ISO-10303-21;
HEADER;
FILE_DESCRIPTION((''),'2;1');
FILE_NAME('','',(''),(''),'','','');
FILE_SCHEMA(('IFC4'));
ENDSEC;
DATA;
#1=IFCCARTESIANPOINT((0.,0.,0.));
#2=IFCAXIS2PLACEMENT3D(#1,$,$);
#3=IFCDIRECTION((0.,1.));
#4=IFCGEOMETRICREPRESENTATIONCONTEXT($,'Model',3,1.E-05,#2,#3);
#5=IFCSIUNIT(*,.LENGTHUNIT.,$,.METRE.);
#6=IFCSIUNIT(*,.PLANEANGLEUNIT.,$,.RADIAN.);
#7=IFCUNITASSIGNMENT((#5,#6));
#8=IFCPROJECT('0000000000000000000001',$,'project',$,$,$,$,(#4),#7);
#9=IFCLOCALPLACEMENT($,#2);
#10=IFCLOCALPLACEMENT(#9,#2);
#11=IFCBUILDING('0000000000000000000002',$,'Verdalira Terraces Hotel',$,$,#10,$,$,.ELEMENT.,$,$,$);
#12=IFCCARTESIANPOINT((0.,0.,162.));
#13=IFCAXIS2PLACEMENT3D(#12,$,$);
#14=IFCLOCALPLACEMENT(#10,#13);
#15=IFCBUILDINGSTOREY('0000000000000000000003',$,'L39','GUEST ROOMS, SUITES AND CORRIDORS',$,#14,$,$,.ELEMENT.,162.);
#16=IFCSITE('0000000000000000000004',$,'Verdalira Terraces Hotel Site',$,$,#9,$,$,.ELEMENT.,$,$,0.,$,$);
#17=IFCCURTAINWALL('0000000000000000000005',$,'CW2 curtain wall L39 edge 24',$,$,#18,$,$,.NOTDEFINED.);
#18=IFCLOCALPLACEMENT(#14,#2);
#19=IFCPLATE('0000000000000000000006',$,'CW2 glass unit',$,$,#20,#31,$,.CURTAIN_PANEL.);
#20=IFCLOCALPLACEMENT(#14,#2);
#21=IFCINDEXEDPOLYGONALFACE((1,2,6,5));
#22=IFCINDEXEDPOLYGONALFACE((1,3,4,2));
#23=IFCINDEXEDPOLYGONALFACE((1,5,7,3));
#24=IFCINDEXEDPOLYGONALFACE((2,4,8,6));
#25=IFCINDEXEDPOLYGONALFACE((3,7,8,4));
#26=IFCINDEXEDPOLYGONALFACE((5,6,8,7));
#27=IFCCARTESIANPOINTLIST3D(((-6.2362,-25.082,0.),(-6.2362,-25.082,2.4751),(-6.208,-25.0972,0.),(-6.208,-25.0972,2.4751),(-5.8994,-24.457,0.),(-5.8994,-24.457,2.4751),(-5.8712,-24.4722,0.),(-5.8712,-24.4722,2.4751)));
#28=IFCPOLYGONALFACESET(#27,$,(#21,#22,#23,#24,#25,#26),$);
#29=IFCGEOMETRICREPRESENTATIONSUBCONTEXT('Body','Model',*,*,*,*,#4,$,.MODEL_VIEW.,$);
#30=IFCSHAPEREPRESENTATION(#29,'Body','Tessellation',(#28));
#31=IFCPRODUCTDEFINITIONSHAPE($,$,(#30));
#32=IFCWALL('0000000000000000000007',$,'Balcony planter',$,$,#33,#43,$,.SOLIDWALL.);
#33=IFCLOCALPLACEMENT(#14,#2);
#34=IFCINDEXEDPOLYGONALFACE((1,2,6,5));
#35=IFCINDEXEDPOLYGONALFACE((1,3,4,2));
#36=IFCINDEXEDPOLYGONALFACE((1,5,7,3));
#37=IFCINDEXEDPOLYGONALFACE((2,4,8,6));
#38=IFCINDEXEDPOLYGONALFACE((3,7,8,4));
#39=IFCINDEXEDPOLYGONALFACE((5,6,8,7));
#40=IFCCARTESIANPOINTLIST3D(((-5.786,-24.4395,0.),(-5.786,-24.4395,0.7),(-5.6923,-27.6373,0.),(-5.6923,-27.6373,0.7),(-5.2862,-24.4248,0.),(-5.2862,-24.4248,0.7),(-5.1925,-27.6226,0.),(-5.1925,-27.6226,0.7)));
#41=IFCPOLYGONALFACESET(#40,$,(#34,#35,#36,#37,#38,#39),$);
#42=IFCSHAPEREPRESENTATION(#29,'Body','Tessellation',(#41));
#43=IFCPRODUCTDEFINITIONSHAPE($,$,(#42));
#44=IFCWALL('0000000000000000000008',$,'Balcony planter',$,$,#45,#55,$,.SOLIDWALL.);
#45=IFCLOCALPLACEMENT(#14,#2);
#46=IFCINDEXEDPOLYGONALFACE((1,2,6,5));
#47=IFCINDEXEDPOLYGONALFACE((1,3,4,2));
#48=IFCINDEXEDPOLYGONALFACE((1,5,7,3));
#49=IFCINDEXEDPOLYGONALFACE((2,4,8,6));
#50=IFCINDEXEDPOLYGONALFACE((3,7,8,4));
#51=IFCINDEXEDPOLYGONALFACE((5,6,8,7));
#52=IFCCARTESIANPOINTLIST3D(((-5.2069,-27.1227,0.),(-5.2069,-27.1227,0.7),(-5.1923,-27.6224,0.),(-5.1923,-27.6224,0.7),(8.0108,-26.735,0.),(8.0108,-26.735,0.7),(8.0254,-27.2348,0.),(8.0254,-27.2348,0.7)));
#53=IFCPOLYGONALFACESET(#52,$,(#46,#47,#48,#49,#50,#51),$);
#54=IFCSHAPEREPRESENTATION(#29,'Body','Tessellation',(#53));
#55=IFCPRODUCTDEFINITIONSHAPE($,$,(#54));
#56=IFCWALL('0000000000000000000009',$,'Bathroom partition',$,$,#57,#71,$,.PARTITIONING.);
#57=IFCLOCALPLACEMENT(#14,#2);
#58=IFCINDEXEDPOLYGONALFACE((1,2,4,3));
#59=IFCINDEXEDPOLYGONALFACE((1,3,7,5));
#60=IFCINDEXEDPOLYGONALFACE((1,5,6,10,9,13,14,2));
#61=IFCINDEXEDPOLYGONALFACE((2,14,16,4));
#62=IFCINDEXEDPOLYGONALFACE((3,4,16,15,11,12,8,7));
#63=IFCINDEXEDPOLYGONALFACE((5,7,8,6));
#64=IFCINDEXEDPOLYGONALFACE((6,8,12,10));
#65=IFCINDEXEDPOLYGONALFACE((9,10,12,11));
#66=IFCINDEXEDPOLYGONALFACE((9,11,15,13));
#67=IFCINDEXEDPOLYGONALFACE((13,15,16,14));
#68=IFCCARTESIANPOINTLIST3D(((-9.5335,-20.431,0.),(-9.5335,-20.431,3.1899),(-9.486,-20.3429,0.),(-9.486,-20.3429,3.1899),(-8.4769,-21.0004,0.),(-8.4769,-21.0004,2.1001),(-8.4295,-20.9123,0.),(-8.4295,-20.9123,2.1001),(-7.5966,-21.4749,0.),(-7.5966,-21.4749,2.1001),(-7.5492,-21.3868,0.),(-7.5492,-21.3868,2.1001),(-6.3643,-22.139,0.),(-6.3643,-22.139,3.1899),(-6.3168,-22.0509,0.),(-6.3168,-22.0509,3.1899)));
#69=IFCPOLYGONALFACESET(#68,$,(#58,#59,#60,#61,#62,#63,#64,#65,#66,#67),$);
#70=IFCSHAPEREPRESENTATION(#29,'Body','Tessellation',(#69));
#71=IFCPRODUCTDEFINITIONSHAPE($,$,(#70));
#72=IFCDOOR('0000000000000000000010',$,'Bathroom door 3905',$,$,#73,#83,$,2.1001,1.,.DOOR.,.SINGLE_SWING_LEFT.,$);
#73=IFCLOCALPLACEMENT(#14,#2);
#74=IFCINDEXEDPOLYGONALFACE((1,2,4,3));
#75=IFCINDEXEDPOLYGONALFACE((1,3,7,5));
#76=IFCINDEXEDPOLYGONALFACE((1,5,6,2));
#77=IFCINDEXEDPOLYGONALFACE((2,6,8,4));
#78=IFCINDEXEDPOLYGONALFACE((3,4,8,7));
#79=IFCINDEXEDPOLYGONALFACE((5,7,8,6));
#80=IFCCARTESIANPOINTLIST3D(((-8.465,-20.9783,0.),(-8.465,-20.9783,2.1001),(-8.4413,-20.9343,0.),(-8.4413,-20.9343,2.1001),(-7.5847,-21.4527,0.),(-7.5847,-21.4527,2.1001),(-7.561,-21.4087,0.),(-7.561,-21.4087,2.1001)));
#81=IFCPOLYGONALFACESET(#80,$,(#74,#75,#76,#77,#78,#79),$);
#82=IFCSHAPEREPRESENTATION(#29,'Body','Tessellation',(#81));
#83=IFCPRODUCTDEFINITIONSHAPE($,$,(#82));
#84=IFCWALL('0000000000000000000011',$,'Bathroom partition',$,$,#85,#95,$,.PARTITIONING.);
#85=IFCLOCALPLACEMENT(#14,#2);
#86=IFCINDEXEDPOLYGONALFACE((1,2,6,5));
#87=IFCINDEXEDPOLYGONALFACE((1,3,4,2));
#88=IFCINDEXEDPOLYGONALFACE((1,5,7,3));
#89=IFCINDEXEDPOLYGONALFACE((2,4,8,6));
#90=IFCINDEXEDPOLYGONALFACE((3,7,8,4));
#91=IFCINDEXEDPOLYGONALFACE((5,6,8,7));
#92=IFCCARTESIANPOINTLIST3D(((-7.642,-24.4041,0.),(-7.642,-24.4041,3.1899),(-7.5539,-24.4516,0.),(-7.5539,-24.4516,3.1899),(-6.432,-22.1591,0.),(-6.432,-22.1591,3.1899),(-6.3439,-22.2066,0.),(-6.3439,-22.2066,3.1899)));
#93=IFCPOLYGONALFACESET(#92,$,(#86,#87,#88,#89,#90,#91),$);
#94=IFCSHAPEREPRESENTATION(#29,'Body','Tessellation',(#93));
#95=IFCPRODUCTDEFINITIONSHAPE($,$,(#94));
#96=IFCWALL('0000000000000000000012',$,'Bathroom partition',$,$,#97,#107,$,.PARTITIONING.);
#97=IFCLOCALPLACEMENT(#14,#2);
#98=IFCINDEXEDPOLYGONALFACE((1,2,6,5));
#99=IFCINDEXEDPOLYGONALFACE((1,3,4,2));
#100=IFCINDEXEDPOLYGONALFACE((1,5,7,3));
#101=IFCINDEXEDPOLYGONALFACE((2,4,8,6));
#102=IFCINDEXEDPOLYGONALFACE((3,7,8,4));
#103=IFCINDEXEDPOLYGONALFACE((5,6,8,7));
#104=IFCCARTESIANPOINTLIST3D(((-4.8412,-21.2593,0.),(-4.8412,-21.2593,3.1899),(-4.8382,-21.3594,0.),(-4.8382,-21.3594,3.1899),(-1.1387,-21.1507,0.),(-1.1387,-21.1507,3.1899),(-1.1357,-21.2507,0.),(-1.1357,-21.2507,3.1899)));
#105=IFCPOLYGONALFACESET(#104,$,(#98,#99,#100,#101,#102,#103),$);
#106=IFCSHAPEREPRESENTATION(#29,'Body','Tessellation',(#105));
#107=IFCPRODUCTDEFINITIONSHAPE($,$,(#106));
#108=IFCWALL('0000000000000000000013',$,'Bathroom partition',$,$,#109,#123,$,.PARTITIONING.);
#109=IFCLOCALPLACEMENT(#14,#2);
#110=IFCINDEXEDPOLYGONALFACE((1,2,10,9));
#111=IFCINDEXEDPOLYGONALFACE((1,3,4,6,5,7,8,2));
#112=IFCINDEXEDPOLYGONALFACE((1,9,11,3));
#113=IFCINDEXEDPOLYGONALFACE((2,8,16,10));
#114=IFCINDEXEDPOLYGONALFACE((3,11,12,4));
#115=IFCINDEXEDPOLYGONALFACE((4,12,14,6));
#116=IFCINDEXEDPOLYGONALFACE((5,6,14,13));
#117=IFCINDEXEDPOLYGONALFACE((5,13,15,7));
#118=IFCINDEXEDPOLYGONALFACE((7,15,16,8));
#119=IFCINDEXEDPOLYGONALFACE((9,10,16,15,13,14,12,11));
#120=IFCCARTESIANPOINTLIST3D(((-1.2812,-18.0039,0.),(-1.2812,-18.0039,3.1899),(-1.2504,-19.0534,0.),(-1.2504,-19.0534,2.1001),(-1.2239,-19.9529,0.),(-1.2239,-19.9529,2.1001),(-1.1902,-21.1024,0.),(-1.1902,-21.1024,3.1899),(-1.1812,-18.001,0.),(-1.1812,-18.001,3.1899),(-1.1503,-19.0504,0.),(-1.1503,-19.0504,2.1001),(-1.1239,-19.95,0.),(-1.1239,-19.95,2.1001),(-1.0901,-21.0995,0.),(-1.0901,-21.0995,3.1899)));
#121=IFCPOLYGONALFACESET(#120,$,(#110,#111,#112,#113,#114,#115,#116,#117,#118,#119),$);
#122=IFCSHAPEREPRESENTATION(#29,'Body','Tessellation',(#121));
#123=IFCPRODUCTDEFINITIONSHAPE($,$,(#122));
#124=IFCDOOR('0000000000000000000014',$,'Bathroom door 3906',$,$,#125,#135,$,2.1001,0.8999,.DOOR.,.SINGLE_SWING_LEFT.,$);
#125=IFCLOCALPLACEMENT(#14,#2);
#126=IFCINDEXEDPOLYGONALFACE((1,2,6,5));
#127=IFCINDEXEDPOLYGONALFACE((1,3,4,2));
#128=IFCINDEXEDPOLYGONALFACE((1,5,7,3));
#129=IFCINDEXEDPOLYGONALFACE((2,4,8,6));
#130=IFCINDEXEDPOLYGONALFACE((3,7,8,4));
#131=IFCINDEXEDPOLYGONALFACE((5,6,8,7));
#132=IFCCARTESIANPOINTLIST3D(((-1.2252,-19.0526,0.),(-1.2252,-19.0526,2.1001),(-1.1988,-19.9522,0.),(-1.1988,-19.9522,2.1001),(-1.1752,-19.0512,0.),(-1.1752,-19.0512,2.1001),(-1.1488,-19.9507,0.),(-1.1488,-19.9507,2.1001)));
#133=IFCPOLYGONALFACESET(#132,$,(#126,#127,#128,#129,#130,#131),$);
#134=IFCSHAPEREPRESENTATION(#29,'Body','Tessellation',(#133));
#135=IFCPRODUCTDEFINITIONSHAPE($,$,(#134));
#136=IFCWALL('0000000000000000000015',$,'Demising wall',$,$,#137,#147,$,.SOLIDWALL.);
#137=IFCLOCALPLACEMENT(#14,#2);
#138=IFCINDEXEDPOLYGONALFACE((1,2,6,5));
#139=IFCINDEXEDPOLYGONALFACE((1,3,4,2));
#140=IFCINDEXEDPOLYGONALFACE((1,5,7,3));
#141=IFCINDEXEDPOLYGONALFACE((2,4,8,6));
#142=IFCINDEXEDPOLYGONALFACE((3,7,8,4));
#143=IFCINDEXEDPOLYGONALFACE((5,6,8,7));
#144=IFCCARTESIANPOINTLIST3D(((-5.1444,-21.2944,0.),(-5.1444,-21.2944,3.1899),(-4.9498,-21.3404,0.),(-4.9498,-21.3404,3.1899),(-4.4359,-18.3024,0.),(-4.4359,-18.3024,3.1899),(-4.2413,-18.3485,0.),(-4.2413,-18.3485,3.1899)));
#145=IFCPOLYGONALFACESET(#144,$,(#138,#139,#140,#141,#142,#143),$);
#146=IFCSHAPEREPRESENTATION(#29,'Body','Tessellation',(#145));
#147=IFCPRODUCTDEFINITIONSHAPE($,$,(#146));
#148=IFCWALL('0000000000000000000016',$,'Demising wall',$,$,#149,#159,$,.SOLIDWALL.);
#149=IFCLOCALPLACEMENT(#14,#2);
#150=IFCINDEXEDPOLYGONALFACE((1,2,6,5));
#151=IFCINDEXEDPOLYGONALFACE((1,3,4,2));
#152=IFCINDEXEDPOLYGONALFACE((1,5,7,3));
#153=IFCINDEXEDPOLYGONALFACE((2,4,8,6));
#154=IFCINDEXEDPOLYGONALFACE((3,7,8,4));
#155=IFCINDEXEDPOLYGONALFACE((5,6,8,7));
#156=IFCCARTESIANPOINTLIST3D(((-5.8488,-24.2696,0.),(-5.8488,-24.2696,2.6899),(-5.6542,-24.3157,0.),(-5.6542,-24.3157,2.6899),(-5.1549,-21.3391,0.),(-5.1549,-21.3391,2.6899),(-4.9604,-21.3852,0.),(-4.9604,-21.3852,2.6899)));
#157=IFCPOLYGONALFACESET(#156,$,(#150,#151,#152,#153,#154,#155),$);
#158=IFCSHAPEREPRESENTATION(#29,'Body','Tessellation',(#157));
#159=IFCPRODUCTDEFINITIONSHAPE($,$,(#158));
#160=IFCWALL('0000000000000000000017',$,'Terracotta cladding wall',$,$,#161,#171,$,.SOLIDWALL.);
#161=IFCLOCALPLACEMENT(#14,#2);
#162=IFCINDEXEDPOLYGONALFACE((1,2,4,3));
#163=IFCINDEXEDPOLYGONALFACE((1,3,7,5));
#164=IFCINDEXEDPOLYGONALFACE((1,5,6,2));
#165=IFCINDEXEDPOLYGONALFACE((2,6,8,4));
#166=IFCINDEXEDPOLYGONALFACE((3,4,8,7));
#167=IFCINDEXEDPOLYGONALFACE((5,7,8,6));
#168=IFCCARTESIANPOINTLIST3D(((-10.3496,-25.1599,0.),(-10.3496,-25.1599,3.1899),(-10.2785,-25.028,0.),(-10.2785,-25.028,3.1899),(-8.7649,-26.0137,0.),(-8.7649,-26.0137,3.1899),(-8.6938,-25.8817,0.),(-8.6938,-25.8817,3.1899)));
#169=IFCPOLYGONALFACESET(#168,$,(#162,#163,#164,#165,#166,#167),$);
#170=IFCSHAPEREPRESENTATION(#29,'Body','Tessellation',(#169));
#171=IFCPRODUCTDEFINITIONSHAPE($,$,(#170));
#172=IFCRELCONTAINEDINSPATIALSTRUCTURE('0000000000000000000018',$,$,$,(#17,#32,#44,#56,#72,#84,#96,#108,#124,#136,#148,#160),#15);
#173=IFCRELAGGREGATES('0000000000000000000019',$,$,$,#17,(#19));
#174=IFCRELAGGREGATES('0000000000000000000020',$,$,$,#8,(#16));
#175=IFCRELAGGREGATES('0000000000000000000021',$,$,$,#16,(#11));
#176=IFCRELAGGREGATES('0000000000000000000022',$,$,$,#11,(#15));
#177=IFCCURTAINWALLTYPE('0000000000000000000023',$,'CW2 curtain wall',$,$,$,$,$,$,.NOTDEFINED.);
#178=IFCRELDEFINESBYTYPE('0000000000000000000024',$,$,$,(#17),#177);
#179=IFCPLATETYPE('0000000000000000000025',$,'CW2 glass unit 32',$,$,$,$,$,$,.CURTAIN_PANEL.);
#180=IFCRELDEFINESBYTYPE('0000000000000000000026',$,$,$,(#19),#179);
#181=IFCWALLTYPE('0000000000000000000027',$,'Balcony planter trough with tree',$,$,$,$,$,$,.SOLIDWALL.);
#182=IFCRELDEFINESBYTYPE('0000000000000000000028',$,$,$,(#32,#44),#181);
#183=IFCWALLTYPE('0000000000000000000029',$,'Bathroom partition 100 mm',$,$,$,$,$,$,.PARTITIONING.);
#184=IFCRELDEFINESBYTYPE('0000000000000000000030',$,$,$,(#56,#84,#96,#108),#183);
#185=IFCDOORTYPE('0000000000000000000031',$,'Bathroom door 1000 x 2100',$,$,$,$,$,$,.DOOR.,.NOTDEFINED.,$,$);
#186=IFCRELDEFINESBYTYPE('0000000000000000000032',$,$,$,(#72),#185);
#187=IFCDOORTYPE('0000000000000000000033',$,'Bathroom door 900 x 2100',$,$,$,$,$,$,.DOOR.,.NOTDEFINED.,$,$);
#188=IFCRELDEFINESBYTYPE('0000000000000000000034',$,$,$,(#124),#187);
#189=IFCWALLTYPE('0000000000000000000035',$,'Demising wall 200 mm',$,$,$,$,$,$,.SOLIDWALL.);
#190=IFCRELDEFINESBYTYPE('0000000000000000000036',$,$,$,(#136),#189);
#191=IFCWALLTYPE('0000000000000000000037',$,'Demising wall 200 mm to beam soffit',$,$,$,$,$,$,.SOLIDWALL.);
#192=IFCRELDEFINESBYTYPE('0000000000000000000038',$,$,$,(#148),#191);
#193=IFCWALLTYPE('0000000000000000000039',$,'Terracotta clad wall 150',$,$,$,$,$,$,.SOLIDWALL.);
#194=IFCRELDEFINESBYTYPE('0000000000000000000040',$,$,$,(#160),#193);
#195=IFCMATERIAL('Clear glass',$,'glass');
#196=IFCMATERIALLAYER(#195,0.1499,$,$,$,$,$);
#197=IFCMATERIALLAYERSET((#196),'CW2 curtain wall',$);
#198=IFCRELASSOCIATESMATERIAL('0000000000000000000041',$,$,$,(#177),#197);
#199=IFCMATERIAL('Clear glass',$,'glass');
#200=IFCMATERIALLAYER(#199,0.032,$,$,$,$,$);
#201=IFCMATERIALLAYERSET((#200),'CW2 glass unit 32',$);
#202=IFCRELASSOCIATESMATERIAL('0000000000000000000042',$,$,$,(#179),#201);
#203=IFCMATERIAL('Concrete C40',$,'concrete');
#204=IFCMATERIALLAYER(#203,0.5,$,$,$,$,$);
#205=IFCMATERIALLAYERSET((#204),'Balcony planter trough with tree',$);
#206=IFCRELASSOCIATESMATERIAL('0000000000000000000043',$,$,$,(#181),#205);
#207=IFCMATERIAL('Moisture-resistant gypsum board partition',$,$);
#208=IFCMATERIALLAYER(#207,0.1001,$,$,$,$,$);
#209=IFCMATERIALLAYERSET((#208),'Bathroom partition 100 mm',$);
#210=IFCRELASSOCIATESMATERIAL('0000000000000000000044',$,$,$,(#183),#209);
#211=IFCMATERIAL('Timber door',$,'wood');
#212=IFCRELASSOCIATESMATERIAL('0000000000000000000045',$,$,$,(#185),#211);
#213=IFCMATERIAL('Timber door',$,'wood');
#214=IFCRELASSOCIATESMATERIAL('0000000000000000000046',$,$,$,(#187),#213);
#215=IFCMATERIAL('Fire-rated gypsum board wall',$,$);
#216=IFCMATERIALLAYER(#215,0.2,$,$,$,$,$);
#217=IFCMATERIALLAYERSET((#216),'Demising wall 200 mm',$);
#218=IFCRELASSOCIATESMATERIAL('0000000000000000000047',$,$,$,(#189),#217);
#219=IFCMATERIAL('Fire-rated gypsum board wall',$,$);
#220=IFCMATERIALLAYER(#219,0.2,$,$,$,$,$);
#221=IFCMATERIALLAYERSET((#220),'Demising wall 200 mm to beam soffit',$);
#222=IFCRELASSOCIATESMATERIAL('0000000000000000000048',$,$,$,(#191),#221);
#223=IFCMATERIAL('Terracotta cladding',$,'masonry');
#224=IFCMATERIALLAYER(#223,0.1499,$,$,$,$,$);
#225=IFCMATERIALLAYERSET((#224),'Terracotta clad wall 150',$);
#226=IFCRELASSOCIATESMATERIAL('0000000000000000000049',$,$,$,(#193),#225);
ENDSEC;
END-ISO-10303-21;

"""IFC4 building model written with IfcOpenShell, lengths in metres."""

from ifc_helpers import new_model, si_unit, direction, frame, frame_2d, origin, origin_2d, place, context, subcontext, project, spatial, rectangle, extrude, material, layer, layer_set, type_object, element, fill, aggregate, save


model = new_model("IFC4")

# Units and contexts
model_context = context("Model", 3, precision=1e-05, world=origin(), true_north=direction((0.0, 1.0)))
body_context = subcontext(model_context, "Body", "Model", "MODEL_VIEW")
ifc_project = project(units=[si_unit("LENGTHUNIT", "METRE"), si_unit("PLANEANGLEUNIT", "RADIAN")], contexts=[model_context])

# Site, building, storey
site_placement = place(None, origin())
site = spatial("IfcSite", under=ifc_project, at=site_placement, Name="Verdalira Terraces Hotel Site", CompositionType="ELEMENT", RefElevation=0.0)
building_placement = place(site_placement, origin())
building = spatial("IfcBuilding", under=site, at=building_placement, Name="Verdalira Terraces Hotel", CompositionType="ELEMENT")
storey_placement = place(building_placement, frame((0.0, 0.0, 162.0)))
storey = spatial("IfcBuildingStorey", under=building, at=storey_placement, Name="L39", Description="GUEST ROOMS, SUITES AND CORRIDORS", CompositionType="ELEMENT", Elevation=162.0)

# Curtain wall
ifc_material_1 = material(Name="Clear glass", Category="glass")
ifc_layer_1 = layer(ifc_material_1, 0.1499)
ifc_layer_set_1 = layer_set([ifc_layer_1], Name="CW2 curtain wall")
curtain_wall_type_1 = type_object("IfcCurtainWallType", Name="CW2 curtain wall", PredefinedType="NOTDEFINED", material=ifc_layer_set_1)
curtain_wall_1_placement = place(storey_placement, origin())
curtain_wall_1 = element("IfcCurtainWall", 1, at=curtain_wall_1_placement, inside=storey, type_object=curtain_wall_type_1, Name="CW2 curtain wall L39 edge 24", PredefinedType="NOTDEFINED")

# Plate
ifc_material_2 = material(Name="Clear glass", Category="glass")
ifc_layer_2 = layer(ifc_material_2, 0.032)
ifc_layer_set_2 = layer_set([ifc_layer_2], Name="CW2 glass unit 32")
plate_type_1 = type_object("IfcPlateType", Name="CW2 glass unit 32", PredefinedType="CURTAIN_PANEL", material=ifc_layer_set_2)
plate_1_placement = place(storey_placement, frame((-6.0537, -24.7771, 0.0), z_axis=(0.0, 0.0, 1.0), x_axis=(0.474396, 0.880312, 0.0)))
plate_1 = element("IfcPlate", 2, at=plate_1_placement, type_object=plate_type_1, Name="CW2 glass unit", PredefinedType="CURTAIN_PANEL", context=body_context, shape_type="SweptSolid", body=[
    extrude(rectangle(XDim=0.71, YDim=0.032, at=origin_2d()), origin(), (0.0, 0.0, 1.0), 2.4751),
])
aggregate(curtain_wall_1, [plate_1])

# Walls
ifc_material_3 = material(Name="Concrete C40", Category="concrete")
ifc_layer_3 = layer(ifc_material_3, 0.5)
ifc_layer_set_3 = layer_set([ifc_layer_3], Name="Balcony planter trough with tree")
wall_type_1 = type_object("IfcWallType", Name="Balcony planter trough with tree", PredefinedType="SOLIDWALL", material=ifc_layer_set_3)
wall_1_placement = place(storey_placement, frame((-5.5361, -24.4321, 0.0), z_axis=(0.0, 0.0, 1.0), x_axis=(0.029305, -0.999571, 0.0)))
element("IfcWall", 3, at=wall_1_placement, inside=storey, type_object=wall_type_1, Name="Balcony planter", PredefinedType="SOLIDWALL", context=body_context, shape_type="SweptSolid", body=[
    extrude(rectangle(XDim=3.1992, YDim=0.5, at=frame_2d((1.5996, 0.0))), origin(), (0.0, 0.0, 1.0), 0.7),
])
wall_2_placement = place(storey_placement, frame((-5.1997, -27.3726, 0.0), z_axis=(0.0, 0.0, 1.0), x_axis=(0.99957, 0.029319, 0.0)))
element("IfcWall", 4, at=wall_2_placement, inside=storey, type_object=wall_type_1, Name="Balcony planter", PredefinedType="SOLIDWALL", context=body_context, shape_type="SweptSolid", body=[
    extrude(rectangle(XDim=13.2234, YDim=0.5, at=frame_2d((6.6118, 0.0))), origin(), (0.0, 0.0, 1.0), 0.7),
])

# Wall, opening, door
ifc_material_4 = material(Name="Moisture-resistant gypsum board partition")
ifc_layer_4 = layer(ifc_material_4, 0.1001)
ifc_layer_set_4 = layer_set([ifc_layer_4], Name="Bathroom partition 100 mm")
wall_type_2 = type_object("IfcWallType", Name="Bathroom partition 100 mm", PredefinedType="PARTITIONING", material=ifc_layer_set_4)
wall_3_placement = place(storey_placement, frame((-6.3406, -22.095, 0.0), z_axis=(0.0, 0.0, 1.0), x_axis=(-0.880295, 0.474427, 0.0)))
wall_3 = element("IfcWall", 5, at=wall_3_placement, inside=storey, type_object=wall_type_2, Name="Bathroom partition", PredefinedType="PARTITIONING", context=body_context, shape_type="SweptSolid", body=[
    extrude(rectangle(XDim=3.6001, YDim=0.1001, at=frame_2d((1.8, 0.0))), origin(), (0.0, 0.0, 1.0), 3.1899),
])
opening_1_placement = place(wall_3_placement, frame((1.3999, 0.0, 0.0)))
opening_1 = element("IfcOpeningElement", 6, at=opening_1_placement, cuts=wall_3, PredefinedType="OPENING", context=body_context, shape_type="SweptSolid", body=[
    extrude(rectangle(XDim=1.0, YDim=2.1001, at=frame_2d((0.5, 1.05))), frame((0.0, 0.0601, 0.0), z_axis=(0.0, -1.0, 0.0), x_axis=(1.0, 0.0, 0.0)), (0.0, 0.0, 1.0), 0.1201),
])
ifc_material_5 = material(Name="Timber door", Category="wood")
door_type_1 = type_object("IfcDoorType", Name="Bathroom door 1000 x 2100", OperationType="NOTDEFINED", PredefinedType="DOOR", material=ifc_material_5)
door_1_placement = place(opening_1_placement, origin())
door_1 = element("IfcDoor", 7, at=door_1_placement, inside=storey, type_object=door_type_1, Name="Bathroom door 3905", OperationType="SINGLE_SWING_LEFT", OverallHeight=2.1001, OverallWidth=1.0, PredefinedType="DOOR", context=body_context, shape_type="SweptSolid", body=[
    extrude(rectangle(XDim=1.0, YDim=2.1001, at=frame_2d((0.5, 1.05))), frame((0.0, 0.0249, 0.0), z_axis=(0.0, -1.0, 0.0), x_axis=(1.0, 0.0, 0.0)), (0.0, 0.0, 1.0), 0.05),
])
fill(opening_1, door_1)

# Walls
wall_4_placement = place(storey_placement, frame((-6.3879, -22.1829, 0.0), z_axis=(0.0, 0.0, 1.0), x_axis=(-0.474459, -0.880277, 0.0)))
element("IfcWall", 8, at=wall_4_placement, inside=storey, type_object=wall_type_2, Name="Bathroom partition", PredefinedType="PARTITIONING", context=body_context, shape_type="SweptSolid", body=[
    extrude(rectangle(XDim=2.5503, YDim=0.1001, at=frame_2d((1.2751, 0.0))), origin(), (0.0, 0.0, 1.0), 3.1899),
])
wall_5_placement = place(storey_placement, frame((-1.1372, -21.2007, 0.0), z_axis=(0.0, 0.0, 1.0), x_axis=(-0.99957, -0.029331, 0.0)))
element("IfcWall", 9, at=wall_5_placement, inside=storey, type_object=wall_type_2, Name="Bathroom partition", PredefinedType="PARTITIONING", context=body_context, shape_type="SweptSolid", body=[
    extrude(rectangle(XDim=3.7041, YDim=0.1001, at=frame_2d((1.8521, 0.0))), origin(), (0.0, 0.0, 1.0), 3.1899),
])

# Wall, opening, door
wall_6_placement = place(storey_placement, frame((-1.1401, -21.1008, 0.0), z_axis=(0.0, 0.0, 1.0), x_axis=(-0.029376, 0.999568, 0.0)))
wall_6 = element("IfcWall", 10, at=wall_6_placement, inside=storey, type_object=wall_type_2, Name="Bathroom partition", PredefinedType="PARTITIONING", context=body_context, shape_type="SweptSolid", body=[
    extrude(rectangle(XDim=3.0999, YDim=0.1001, at=frame_2d((1.5498, 0.0))), origin(), (0.0, 0.0, 1.0), 3.1899),
])
opening_2_placement = place(wall_6_placement, frame((1.1499, 0.0, 0.0)))
opening_2 = element("IfcOpeningElement", 11, at=opening_2_placement, cuts=wall_6, PredefinedType="OPENING", context=body_context, shape_type="SweptSolid", body=[
    extrude(rectangle(XDim=0.8999, YDim=2.1001, at=frame_2d((0.45, 1.05))), frame((0.0, 0.0601, 0.0), z_axis=(0.0, -1.0, 0.0), x_axis=(1.0, 0.0, 0.0)), (0.0, 0.0, 1.0), 0.1201),
])
ifc_material_6 = material(Name="Timber door", Category="wood")
door_type_2 = type_object("IfcDoorType", Name="Bathroom door 900 x 2100", OperationType="NOTDEFINED", PredefinedType="DOOR", material=ifc_material_6)
door_2_placement = place(opening_2_placement, origin())
door_2 = element("IfcDoor", 12, at=door_2_placement, inside=storey, type_object=door_type_2, Name="Bathroom door 3906", OperationType="SINGLE_SWING_LEFT", OverallHeight=2.1001, OverallWidth=0.8999, PredefinedType="DOOR", context=body_context, shape_type="SweptSolid", body=[
    extrude(rectangle(XDim=0.8999, YDim=2.1001, at=frame_2d((0.45, 1.05))), frame((0.0, 0.0249, 0.0), z_axis=(0.0, -1.0, 0.0), x_axis=(1.0, 0.0, 0.0)), (0.0, 0.0, 1.0), 0.05),
])
fill(opening_2, door_2)

# Walls
ifc_material_7 = material(Name="Fire-rated gypsum board wall")
ifc_layer_5 = layer(ifc_material_7, 0.2)
ifc_layer_set_5 = layer_set([ifc_layer_5], Name="Demising wall 200 mm")
wall_type_3 = type_object("IfcWallType", Name="Demising wall 200 mm", PredefinedType="SOLIDWALL", material=ifc_layer_set_5)
wall_7_placement = place(storey_placement, frame((-4.3386, -18.3254, 0.0), z_axis=(0.0, 0.0, 1.0), x_axis=(-0.230429, -0.973089, 0.0)))
element("IfcWall", 13, at=wall_7_placement, inside=storey, type_object=wall_type_3, Name="Demising wall", PredefinedType="SOLIDWALL", context=body_context, shape_type="SweptSolid", body=[
    extrude(rectangle(XDim=3.0747, YDim=0.2, at=frame_2d((1.5374, 0.0))), origin(), (0.0, 0.0, 1.0), 3.1899),
])
ifc_material_8 = material(Name="Fire-rated gypsum board wall")
ifc_layer_6 = layer(ifc_material_8, 0.2)
ifc_layer_set_6 = layer_set([ifc_layer_6], Name="Demising wall 200 mm to beam soffit")
wall_type_4 = type_object("IfcWallType", Name="Demising wall 200 mm to beam soffit", PredefinedType="SOLIDWALL", material=ifc_layer_set_6)
wall_8_placement = place(storey_placement, frame((-5.0576, -21.3621, 0.0), z_axis=(0.0, 0.0, 1.0), x_axis=(-0.230404, -0.973095, 0.0)))
element("IfcWall", 14, at=wall_8_placement, inside=storey, type_object=wall_type_4, Name="Demising wall", PredefinedType="SOLIDWALL", context=body_context, shape_type="SweptSolid", body=[
    extrude(rectangle(XDim=3.0115, YDim=0.2, at=frame_2d((1.5059, 0.0))), origin(), (0.0, 0.0, 1.0), 2.6899),
])
ifc_material_9 = material(Name="Terracotta cladding", Category="masonry")
ifc_layer_7 = layer(ifc_material_9, 0.1499)
ifc_layer_set_7 = layer_set([ifc_layer_7], Name="Terracotta clad wall 150")
wall_type_5 = type_object("IfcWallType", Name="Terracotta clad wall 150", PredefinedType="SOLIDWALL", material=ifc_layer_set_7)
wall_9_placement = place(storey_placement, frame((-10.314, -25.094, 0.0), z_axis=(0.0, 0.0, 1.0), x_axis=(0.880367, -0.474294, 0.0)))
element("IfcWall", 15, at=wall_9_placement, inside=storey, type_object=wall_type_5, Name="Terracotta cladding wall", PredefinedType="SOLIDWALL", context=body_context, shape_type="SweptSolid", body=[
    extrude(rectangle(XDim=1.8, YDim=0.1499, at=frame_2d((0.8999, 0.0))), origin(), (0.0, 0.0, 1.0), 3.1899),
])

save(model, "model.ifc")
